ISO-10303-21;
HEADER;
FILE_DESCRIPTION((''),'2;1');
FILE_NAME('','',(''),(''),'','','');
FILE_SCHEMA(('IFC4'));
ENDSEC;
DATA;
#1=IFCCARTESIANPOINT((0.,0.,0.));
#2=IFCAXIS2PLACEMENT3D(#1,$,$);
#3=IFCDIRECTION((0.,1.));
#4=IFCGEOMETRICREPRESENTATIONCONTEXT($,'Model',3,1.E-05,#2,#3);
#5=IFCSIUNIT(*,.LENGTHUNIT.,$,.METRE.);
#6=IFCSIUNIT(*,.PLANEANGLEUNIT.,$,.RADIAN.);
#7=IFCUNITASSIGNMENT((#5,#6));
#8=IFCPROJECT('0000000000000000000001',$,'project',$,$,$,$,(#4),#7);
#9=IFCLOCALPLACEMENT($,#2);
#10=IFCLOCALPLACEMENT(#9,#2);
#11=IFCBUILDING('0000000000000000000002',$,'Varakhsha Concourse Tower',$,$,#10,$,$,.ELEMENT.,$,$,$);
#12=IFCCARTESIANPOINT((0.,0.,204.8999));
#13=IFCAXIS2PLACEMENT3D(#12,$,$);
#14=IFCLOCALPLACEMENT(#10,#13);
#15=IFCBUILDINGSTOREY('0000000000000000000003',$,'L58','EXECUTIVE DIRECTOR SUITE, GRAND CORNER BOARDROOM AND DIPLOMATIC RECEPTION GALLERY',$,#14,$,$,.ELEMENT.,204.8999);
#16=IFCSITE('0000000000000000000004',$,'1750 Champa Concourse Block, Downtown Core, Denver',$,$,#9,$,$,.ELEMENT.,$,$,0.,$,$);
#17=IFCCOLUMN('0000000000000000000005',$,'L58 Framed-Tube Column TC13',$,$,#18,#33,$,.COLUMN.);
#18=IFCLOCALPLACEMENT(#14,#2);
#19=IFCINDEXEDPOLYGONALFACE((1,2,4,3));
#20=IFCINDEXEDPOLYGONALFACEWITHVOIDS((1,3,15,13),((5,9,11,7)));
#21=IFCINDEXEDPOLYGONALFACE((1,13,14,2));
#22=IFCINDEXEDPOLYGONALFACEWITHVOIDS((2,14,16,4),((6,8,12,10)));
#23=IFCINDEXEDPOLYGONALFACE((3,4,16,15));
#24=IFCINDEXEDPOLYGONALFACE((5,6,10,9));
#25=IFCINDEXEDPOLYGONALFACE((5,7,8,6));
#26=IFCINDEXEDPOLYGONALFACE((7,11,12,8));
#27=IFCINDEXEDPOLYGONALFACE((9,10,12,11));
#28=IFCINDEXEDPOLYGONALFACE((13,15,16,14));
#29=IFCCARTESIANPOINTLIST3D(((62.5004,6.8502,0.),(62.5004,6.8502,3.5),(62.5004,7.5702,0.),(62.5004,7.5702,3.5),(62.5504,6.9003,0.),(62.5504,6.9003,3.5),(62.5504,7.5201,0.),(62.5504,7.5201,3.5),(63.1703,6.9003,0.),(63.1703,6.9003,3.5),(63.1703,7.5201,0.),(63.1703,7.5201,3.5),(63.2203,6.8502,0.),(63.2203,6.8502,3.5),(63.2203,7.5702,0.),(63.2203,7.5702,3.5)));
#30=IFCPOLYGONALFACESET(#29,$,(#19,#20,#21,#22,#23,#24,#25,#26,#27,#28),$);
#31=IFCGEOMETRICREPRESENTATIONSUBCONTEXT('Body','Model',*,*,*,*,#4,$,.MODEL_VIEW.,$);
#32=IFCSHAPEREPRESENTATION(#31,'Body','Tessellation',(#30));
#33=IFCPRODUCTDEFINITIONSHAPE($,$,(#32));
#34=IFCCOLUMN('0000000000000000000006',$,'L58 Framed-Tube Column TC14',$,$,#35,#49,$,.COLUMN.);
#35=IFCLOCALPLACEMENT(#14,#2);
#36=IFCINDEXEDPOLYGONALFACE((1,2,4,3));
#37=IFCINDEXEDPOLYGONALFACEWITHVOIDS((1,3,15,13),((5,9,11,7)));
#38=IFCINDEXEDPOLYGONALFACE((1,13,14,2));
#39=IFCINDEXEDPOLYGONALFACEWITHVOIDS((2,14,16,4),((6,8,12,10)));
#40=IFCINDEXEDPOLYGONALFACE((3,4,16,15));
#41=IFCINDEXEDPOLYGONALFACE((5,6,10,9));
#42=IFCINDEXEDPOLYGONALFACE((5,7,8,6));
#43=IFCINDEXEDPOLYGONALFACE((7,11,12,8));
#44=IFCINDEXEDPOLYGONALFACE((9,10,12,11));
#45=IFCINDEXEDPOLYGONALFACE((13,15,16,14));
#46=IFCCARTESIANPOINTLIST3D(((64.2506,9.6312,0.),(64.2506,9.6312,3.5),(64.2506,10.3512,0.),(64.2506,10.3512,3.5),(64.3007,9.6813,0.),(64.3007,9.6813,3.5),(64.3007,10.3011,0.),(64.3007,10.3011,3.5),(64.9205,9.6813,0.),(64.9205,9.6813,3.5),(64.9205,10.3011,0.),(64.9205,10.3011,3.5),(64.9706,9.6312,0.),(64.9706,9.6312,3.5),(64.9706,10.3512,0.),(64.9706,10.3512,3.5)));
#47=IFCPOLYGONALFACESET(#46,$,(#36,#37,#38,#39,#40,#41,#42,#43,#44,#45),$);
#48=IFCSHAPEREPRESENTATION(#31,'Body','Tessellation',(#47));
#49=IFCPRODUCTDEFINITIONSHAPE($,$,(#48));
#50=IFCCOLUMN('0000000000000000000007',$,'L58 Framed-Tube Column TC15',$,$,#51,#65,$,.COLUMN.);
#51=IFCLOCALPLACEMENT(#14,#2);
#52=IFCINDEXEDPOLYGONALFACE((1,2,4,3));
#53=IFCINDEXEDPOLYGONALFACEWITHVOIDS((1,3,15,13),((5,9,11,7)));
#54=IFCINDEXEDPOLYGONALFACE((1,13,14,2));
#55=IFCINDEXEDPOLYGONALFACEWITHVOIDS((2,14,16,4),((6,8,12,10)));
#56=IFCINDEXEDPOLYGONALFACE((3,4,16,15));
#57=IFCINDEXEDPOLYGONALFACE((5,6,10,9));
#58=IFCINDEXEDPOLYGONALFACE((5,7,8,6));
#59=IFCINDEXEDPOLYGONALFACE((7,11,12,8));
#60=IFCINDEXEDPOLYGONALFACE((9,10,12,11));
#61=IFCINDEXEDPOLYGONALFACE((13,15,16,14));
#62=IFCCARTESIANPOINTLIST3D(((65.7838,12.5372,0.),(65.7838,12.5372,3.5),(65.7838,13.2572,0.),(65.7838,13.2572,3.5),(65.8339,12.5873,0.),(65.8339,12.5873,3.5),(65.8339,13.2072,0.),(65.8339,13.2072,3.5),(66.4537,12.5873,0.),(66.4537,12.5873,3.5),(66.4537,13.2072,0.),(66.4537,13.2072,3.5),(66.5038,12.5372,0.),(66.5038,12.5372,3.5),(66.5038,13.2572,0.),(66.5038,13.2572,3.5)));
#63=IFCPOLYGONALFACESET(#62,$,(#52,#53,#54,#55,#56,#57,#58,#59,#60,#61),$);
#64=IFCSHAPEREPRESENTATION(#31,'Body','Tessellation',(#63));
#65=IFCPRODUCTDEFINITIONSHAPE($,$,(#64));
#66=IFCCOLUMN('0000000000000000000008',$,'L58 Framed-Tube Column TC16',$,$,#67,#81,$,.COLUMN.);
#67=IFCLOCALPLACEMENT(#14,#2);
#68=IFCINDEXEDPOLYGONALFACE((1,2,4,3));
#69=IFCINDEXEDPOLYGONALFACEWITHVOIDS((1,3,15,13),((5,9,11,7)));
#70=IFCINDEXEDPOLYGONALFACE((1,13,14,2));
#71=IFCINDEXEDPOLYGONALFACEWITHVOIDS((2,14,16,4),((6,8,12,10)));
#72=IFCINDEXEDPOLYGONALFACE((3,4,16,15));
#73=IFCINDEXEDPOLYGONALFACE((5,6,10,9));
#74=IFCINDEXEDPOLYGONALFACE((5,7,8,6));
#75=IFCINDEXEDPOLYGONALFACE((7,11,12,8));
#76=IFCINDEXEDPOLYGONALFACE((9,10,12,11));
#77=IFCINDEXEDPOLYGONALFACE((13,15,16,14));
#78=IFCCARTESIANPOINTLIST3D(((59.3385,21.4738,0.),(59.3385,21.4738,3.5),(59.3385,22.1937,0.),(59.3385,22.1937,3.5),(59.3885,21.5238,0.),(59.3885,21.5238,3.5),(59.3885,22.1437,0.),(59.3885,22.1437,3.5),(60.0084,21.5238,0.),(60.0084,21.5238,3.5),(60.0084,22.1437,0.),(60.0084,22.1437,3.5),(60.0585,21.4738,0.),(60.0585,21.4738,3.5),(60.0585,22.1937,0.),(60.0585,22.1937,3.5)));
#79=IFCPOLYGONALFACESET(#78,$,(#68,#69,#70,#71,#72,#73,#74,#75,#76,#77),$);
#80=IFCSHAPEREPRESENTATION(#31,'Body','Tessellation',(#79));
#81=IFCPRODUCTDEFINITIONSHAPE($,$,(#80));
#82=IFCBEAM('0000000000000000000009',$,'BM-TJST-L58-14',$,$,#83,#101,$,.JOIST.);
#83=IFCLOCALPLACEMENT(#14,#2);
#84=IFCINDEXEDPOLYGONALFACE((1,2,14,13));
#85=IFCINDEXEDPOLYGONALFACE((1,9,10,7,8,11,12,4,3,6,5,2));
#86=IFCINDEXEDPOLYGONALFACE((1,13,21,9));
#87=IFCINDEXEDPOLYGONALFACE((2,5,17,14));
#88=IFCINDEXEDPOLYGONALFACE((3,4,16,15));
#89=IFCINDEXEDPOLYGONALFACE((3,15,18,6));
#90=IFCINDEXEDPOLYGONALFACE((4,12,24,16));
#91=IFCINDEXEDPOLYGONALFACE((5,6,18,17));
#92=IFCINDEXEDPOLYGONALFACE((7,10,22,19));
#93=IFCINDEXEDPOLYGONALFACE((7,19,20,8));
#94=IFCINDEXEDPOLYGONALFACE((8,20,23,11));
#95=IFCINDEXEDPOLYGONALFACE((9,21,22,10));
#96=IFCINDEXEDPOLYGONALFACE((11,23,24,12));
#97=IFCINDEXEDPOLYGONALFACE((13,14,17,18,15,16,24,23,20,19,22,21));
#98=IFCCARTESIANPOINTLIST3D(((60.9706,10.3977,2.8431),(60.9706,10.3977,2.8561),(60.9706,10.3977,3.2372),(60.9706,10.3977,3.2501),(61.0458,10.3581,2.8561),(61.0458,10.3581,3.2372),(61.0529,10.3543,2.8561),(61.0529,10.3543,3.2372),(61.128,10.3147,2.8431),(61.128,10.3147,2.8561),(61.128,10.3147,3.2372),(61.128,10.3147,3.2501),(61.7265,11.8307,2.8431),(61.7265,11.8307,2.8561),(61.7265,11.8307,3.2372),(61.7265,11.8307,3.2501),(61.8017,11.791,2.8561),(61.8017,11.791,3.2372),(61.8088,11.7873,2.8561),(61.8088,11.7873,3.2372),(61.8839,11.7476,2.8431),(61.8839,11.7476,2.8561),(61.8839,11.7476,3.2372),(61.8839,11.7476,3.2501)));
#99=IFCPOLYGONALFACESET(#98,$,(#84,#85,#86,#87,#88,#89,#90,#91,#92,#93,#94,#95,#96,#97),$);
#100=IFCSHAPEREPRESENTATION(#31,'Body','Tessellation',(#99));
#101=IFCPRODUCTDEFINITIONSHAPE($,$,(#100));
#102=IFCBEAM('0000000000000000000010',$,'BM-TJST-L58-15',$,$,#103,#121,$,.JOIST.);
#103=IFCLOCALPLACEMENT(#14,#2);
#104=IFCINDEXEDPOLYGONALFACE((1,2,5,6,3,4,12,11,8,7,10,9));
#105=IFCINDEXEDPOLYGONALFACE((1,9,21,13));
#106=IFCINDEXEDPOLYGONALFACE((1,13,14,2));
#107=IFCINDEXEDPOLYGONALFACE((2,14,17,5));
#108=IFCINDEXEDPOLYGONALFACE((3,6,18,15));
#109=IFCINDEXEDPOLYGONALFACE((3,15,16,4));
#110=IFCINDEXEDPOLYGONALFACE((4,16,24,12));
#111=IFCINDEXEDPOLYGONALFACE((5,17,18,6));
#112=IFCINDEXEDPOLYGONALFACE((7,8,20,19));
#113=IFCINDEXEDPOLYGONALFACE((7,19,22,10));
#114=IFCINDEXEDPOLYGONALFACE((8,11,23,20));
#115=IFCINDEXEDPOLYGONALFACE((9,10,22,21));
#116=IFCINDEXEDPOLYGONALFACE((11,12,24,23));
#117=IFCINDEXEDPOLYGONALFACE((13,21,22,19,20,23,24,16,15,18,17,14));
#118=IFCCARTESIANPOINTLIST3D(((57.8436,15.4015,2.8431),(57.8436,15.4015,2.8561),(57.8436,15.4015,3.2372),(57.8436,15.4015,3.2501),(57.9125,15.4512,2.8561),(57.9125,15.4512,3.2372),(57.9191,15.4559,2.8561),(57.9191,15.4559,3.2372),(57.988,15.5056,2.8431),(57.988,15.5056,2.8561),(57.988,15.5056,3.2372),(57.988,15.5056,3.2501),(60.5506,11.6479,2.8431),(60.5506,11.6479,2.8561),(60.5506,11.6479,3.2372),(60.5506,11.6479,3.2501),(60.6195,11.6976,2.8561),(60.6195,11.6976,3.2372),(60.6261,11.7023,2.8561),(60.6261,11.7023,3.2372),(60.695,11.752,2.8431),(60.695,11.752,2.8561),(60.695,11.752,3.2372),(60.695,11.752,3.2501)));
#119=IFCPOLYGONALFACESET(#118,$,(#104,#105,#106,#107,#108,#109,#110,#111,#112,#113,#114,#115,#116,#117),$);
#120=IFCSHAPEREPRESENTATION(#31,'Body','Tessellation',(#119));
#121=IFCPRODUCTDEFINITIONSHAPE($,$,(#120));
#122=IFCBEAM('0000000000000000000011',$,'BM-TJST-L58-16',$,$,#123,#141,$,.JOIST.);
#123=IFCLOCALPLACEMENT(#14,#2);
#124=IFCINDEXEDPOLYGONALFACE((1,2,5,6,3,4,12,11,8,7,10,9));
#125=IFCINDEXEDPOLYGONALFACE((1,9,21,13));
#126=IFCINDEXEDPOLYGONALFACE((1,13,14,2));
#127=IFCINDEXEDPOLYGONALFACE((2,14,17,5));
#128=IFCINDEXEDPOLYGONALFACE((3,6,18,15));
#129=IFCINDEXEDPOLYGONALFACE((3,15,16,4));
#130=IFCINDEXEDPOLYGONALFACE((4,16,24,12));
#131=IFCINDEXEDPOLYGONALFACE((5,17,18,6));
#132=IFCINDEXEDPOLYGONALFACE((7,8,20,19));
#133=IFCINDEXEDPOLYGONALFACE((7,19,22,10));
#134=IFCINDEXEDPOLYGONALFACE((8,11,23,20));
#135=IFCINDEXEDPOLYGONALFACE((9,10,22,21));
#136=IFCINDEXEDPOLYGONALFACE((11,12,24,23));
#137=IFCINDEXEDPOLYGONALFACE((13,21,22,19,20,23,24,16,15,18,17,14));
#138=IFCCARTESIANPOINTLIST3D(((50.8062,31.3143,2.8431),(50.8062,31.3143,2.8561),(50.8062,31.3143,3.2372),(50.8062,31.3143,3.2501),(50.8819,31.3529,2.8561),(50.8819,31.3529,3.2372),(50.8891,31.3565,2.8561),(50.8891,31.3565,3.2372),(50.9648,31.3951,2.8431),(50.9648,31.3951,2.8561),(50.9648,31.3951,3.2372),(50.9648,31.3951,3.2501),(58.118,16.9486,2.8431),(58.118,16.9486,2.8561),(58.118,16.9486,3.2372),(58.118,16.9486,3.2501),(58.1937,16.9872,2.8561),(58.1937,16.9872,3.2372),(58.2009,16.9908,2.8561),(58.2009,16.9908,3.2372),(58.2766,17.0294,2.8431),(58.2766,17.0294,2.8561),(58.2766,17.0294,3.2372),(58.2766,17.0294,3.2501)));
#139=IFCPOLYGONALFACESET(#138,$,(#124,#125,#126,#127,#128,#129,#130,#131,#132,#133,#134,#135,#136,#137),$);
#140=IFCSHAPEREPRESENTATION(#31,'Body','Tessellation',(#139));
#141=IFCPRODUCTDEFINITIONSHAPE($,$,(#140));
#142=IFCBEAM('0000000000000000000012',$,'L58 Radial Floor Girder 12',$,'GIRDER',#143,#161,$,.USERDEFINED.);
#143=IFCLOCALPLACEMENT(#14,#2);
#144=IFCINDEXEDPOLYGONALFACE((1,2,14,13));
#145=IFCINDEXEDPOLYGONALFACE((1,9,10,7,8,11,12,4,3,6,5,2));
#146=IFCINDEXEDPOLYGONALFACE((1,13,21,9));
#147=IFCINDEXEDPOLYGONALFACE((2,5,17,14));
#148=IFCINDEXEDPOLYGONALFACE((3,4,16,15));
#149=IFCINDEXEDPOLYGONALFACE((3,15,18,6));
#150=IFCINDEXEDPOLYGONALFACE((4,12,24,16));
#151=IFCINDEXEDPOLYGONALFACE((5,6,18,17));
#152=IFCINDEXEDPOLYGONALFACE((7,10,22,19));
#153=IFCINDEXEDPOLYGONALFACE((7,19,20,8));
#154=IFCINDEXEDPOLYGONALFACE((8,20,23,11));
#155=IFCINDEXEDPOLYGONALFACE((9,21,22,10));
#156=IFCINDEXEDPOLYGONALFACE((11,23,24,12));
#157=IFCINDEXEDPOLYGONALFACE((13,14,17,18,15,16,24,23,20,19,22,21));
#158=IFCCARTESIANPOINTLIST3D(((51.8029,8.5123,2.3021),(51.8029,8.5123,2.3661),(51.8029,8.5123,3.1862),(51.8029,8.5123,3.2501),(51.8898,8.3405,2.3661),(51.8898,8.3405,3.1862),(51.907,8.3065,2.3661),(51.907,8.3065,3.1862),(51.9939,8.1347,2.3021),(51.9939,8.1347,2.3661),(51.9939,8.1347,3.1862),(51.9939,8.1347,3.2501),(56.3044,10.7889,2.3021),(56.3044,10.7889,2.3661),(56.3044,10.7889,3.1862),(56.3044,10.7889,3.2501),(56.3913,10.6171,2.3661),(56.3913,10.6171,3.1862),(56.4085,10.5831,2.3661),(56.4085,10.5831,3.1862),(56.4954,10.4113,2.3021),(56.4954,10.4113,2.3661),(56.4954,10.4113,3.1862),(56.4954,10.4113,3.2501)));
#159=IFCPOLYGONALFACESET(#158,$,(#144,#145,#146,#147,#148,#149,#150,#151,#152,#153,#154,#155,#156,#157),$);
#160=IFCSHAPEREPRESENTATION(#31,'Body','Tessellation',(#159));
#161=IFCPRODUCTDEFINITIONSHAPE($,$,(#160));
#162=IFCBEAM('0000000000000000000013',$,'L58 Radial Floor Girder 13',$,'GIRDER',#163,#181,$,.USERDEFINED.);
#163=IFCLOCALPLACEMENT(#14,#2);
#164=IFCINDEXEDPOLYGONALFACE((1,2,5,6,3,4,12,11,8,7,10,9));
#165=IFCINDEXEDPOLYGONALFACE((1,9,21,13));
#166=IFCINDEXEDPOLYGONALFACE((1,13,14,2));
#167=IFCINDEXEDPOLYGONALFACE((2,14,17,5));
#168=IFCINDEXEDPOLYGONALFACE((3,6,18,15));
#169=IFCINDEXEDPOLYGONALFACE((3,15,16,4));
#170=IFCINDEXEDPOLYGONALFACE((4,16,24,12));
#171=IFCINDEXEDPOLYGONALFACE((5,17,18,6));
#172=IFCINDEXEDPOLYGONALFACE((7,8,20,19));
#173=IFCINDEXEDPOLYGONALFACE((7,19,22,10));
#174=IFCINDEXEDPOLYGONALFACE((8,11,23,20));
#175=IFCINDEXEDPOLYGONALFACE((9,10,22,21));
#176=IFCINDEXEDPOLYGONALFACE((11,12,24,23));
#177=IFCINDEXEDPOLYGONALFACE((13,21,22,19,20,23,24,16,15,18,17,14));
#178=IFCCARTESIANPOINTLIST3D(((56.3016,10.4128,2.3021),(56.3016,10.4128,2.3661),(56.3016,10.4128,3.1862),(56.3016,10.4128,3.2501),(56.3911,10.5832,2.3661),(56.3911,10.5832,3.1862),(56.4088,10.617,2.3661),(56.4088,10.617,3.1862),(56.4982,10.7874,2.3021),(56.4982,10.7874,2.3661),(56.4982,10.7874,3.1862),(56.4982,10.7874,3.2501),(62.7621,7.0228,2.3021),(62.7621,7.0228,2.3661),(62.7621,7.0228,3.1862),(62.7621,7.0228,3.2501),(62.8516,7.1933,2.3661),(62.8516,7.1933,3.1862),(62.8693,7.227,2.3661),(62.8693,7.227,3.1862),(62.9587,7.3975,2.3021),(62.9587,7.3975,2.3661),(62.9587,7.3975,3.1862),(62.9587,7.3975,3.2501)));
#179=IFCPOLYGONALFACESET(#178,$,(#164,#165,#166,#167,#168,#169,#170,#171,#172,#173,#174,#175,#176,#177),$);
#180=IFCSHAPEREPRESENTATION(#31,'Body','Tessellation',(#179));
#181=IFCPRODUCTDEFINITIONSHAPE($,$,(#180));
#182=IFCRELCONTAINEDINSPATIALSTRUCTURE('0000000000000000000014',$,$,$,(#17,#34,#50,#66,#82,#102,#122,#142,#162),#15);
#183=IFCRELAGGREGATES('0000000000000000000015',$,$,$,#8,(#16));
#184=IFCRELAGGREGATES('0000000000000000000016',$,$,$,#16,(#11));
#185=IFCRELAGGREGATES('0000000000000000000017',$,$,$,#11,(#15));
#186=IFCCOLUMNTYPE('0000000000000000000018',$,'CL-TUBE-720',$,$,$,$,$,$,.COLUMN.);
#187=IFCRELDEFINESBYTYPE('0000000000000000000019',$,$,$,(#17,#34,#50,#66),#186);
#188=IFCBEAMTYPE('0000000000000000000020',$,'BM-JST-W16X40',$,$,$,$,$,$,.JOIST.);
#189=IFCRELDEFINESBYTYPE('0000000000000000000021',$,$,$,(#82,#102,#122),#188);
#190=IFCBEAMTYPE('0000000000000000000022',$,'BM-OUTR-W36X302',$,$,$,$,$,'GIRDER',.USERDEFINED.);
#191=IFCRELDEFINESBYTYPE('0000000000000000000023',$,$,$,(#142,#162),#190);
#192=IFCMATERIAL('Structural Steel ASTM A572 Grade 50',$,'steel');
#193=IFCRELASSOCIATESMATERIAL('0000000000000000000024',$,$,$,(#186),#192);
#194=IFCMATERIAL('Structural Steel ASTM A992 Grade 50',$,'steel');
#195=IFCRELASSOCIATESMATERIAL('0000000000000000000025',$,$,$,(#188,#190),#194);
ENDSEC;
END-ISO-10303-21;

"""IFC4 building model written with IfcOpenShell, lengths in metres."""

from ifc_helpers import new_model, si_unit, direction, frame, origin, origin_2d, place, context, subcontext, project, spatial, hollow_rectangle, i_section, extrude, material, material_profile, profile_set, type_object, element, save


model = new_model("IFC4")

# Units and contexts
model_context = context("Model", 3, precision=1e-05, world=origin(), true_north=direction((0.0, 1.0)))
body_context = subcontext(model_context, "Body", "Model", "MODEL_VIEW")
ifc_project = project(units=[si_unit("LENGTHUNIT", "METRE"), si_unit("PLANEANGLEUNIT", "RADIAN")], contexts=[model_context])

# Site, building, storey
site_placement = place(None, origin())
site = spatial("IfcSite", under=ifc_project, at=site_placement, Name="1750 Champa Concourse Block, Downtown Core, Denver", CompositionType="ELEMENT", RefElevation=0.0)
building_placement = place(site_placement, origin())
building = spatial("IfcBuilding", under=site, at=building_placement, Name="Varakhsha Concourse Tower", CompositionType="ELEMENT")
storey_placement = place(building_placement, frame((0.0, 0.0, 204.8999)))
storey = spatial("IfcBuildingStorey", under=building, at=storey_placement, Name="L58", Description="EXECUTIVE DIRECTOR SUITE, GRAND CORNER BOARDROOM AND DIPLOMATIC RECEPTION GALLERY", CompositionType="ELEMENT", Elevation=204.8999)

# Columns
ifc_material_1 = material(Name="Structural Steel ASTM A572 Grade 50", Category="steel")
ifc_material_profile_1 = material_profile(ifc_material_1, hollow_rectangle(XDim=0.72, YDim=0.72, WallThickness=0.05, at=origin_2d()), Name="BOX 720x720x50")
ifc_profile_set_1 = profile_set([ifc_material_profile_1], Name="Structural Steel ASTM A572 Grade 50")
column_type = type_object("IfcColumnType", Name="CL-TUBE-720", PredefinedType="COLUMN", material=ifc_profile_set_1)
for number, where, z_axis, x_axis, name in (
    (1, (62.8604, 7.2102, 0.0), (0.0, 0.0, 1.0), (1.0, 0.0, 0.0), "L58 Framed-Tube Column TC13"),
    (2, (64.6106, 9.9912, 0.0), (0.0, 0.0, 1.0), (1.0, 0.0, 0.0), "L58 Framed-Tube Column TC14"),
    (3, (66.1438, 12.8972, 0.0), (0.0, 0.0, 1.0), (1.0, 0.0, 0.0), "L58 Framed-Tube Column TC15"),
    (4, (59.6985, 21.8337, 0.0), (0.0, 0.0, 1.0), (1.0, 0.0, 0.0), "L58 Framed-Tube Column TC16"),
):
    element("IfcColumn", number, at=place(storey_placement, frame(where, z_axis=z_axis, x_axis=x_axis)), inside=storey, type_object=column_type, Name=name, PredefinedType="COLUMN", context=body_context, shape_type="SweptSolid", body=[
        extrude(hollow_rectangle(XDim=0.72, YDim=0.72, WallThickness=0.05, at=origin_2d()), origin(), (0.0, 0.0, 1.0), 3.5),
    ])

# Beams
ifc_material_2 = material(Name="Structural Steel ASTM A992 Grade 50", Category="steel")
ifc_material_profile_2 = material_profile(ifc_material_2, i_section(OverallWidth=0.178, OverallDepth=0.407, WebThickness=0.0081, FlangeThickness=0.0129, at=origin_2d()), Name="W16X40")
ifc_profile_set_2 = profile_set([ifc_material_profile_2], Name="Structural Steel ASTM A992 Grade 50")
beam_type_1 = type_object("IfcBeamType", Name="BM-JST-W16X40", PredefinedType="JOIST", material=ifc_profile_set_2)
beam_1_placement = place(storey_placement, frame((61.0493, 10.3562, 3.0466), z_axis=(0.466579, 0.88448, 0.0), x_axis=(-0.88448, 0.466579, 0.0)))
element("IfcBeam", 5, at=beam_1_placement, inside=storey, type_object=beam_type_1, Name="BM-TJST-L58-14", PredefinedType="JOIST", context=body_context, shape_type="SweptSolid", body=[
    extrude(i_section(OverallWidth=0.178, OverallDepth=0.407, WebThickness=0.0081, FlangeThickness=0.0129, at=origin_2d()), origin(), (0.0, 0.0, 1.0), 1.6201),
])
beam_2_placement = place(storey_placement, frame((60.6228, 11.7, 3.0466), z_axis=(-0.58493, 0.811084, 0.0), x_axis=(-0.811084, -0.58493, 0.0)))
element("IfcBeam", 6, at=beam_2_placement, inside=storey, type_object=beam_type_1, Name="BM-TJST-L58-15", PredefinedType="JOIST", context=body_context, shape_type="SweptSolid", body=[
    extrude(i_section(OverallWidth=0.178, OverallDepth=0.407, WebThickness=0.0081, FlangeThickness=0.0129, at=origin_2d()), origin(), (0.0, 0.0, 1.0), 4.6279),
])
beam_3_placement = place(storey_placement, frame((58.1973, 16.989, 3.0466), z_axis=(-0.4536, 0.891206, 0.0), x_axis=(-0.891206, -0.4536, 0.0)))
element("IfcBeam", 7, at=beam_3_placement, inside=storey, type_object=beam_type_1, Name="BM-TJST-L58-16", PredefinedType="JOIST", context=body_context, shape_type="SweptSolid", body=[
    extrude(i_section(OverallWidth=0.178, OverallDepth=0.407, WebThickness=0.0081, FlangeThickness=0.0129, at=origin_2d()), origin(), (0.0, 0.0, 1.0), 16.1194),
])
ifc_material_profile_3 = material_profile(ifc_material_2, i_section(OverallWidth=0.4231, OverallDepth=0.948, WebThickness=0.0381, FlangeThickness=0.064, at=origin_2d()), Name="W36X302")
ifc_profile_set_3 = profile_set([ifc_material_profile_3], Name="Structural Steel ASTM A992 Grade 50")
beam_type_2 = type_object("IfcBeamType", Name="BM-OUTR-W36X302", ElementType="GIRDER", PredefinedType="USERDEFINED", material=ifc_profile_set_3)
beam_4_placement = place(storey_placement, frame((56.3999, 10.6001, 2.7761), z_axis=(-0.892366, -0.451313, 0.0), x_axis=(0.451313, -0.892366, 0.0)))
element("IfcBeam", 8, at=beam_4_placement, inside=storey, type_object=beam_type_2, Name="L58 Radial Floor Girder 12", ObjectType="GIRDER", PredefinedType="USERDEFINED", context=body_context, shape_type="SweptSolid", body=[
    extrude(i_section(OverallWidth=0.4231, OverallDepth=0.948, WebThickness=0.0381, FlangeThickness=0.064, at=origin_2d()), origin(), (0.0, 0.0, 1.0), 5.0444),
])
beam_5_placement = place(storey_placement, frame((56.3999, 10.6001, 2.7761), z_axis=(0.885502, -0.464636, 0.0), x_axis=(0.464636, 0.885502, 0.0)))
element("IfcBeam", 9, at=beam_5_placement, inside=storey, type_object=beam_type_2, Name="L58 Radial Floor Girder 13", ObjectType="GIRDER", PredefinedType="USERDEFINED", context=body_context, shape_type="SweptSolid", body=[
    extrude(i_section(OverallWidth=0.4231, OverallDepth=0.948, WebThickness=0.0381, FlangeThickness=0.064, at=origin_2d()), origin(), (0.0, 0.0, 1.0), 7.2959),
])

save(model, "model.ifc")
